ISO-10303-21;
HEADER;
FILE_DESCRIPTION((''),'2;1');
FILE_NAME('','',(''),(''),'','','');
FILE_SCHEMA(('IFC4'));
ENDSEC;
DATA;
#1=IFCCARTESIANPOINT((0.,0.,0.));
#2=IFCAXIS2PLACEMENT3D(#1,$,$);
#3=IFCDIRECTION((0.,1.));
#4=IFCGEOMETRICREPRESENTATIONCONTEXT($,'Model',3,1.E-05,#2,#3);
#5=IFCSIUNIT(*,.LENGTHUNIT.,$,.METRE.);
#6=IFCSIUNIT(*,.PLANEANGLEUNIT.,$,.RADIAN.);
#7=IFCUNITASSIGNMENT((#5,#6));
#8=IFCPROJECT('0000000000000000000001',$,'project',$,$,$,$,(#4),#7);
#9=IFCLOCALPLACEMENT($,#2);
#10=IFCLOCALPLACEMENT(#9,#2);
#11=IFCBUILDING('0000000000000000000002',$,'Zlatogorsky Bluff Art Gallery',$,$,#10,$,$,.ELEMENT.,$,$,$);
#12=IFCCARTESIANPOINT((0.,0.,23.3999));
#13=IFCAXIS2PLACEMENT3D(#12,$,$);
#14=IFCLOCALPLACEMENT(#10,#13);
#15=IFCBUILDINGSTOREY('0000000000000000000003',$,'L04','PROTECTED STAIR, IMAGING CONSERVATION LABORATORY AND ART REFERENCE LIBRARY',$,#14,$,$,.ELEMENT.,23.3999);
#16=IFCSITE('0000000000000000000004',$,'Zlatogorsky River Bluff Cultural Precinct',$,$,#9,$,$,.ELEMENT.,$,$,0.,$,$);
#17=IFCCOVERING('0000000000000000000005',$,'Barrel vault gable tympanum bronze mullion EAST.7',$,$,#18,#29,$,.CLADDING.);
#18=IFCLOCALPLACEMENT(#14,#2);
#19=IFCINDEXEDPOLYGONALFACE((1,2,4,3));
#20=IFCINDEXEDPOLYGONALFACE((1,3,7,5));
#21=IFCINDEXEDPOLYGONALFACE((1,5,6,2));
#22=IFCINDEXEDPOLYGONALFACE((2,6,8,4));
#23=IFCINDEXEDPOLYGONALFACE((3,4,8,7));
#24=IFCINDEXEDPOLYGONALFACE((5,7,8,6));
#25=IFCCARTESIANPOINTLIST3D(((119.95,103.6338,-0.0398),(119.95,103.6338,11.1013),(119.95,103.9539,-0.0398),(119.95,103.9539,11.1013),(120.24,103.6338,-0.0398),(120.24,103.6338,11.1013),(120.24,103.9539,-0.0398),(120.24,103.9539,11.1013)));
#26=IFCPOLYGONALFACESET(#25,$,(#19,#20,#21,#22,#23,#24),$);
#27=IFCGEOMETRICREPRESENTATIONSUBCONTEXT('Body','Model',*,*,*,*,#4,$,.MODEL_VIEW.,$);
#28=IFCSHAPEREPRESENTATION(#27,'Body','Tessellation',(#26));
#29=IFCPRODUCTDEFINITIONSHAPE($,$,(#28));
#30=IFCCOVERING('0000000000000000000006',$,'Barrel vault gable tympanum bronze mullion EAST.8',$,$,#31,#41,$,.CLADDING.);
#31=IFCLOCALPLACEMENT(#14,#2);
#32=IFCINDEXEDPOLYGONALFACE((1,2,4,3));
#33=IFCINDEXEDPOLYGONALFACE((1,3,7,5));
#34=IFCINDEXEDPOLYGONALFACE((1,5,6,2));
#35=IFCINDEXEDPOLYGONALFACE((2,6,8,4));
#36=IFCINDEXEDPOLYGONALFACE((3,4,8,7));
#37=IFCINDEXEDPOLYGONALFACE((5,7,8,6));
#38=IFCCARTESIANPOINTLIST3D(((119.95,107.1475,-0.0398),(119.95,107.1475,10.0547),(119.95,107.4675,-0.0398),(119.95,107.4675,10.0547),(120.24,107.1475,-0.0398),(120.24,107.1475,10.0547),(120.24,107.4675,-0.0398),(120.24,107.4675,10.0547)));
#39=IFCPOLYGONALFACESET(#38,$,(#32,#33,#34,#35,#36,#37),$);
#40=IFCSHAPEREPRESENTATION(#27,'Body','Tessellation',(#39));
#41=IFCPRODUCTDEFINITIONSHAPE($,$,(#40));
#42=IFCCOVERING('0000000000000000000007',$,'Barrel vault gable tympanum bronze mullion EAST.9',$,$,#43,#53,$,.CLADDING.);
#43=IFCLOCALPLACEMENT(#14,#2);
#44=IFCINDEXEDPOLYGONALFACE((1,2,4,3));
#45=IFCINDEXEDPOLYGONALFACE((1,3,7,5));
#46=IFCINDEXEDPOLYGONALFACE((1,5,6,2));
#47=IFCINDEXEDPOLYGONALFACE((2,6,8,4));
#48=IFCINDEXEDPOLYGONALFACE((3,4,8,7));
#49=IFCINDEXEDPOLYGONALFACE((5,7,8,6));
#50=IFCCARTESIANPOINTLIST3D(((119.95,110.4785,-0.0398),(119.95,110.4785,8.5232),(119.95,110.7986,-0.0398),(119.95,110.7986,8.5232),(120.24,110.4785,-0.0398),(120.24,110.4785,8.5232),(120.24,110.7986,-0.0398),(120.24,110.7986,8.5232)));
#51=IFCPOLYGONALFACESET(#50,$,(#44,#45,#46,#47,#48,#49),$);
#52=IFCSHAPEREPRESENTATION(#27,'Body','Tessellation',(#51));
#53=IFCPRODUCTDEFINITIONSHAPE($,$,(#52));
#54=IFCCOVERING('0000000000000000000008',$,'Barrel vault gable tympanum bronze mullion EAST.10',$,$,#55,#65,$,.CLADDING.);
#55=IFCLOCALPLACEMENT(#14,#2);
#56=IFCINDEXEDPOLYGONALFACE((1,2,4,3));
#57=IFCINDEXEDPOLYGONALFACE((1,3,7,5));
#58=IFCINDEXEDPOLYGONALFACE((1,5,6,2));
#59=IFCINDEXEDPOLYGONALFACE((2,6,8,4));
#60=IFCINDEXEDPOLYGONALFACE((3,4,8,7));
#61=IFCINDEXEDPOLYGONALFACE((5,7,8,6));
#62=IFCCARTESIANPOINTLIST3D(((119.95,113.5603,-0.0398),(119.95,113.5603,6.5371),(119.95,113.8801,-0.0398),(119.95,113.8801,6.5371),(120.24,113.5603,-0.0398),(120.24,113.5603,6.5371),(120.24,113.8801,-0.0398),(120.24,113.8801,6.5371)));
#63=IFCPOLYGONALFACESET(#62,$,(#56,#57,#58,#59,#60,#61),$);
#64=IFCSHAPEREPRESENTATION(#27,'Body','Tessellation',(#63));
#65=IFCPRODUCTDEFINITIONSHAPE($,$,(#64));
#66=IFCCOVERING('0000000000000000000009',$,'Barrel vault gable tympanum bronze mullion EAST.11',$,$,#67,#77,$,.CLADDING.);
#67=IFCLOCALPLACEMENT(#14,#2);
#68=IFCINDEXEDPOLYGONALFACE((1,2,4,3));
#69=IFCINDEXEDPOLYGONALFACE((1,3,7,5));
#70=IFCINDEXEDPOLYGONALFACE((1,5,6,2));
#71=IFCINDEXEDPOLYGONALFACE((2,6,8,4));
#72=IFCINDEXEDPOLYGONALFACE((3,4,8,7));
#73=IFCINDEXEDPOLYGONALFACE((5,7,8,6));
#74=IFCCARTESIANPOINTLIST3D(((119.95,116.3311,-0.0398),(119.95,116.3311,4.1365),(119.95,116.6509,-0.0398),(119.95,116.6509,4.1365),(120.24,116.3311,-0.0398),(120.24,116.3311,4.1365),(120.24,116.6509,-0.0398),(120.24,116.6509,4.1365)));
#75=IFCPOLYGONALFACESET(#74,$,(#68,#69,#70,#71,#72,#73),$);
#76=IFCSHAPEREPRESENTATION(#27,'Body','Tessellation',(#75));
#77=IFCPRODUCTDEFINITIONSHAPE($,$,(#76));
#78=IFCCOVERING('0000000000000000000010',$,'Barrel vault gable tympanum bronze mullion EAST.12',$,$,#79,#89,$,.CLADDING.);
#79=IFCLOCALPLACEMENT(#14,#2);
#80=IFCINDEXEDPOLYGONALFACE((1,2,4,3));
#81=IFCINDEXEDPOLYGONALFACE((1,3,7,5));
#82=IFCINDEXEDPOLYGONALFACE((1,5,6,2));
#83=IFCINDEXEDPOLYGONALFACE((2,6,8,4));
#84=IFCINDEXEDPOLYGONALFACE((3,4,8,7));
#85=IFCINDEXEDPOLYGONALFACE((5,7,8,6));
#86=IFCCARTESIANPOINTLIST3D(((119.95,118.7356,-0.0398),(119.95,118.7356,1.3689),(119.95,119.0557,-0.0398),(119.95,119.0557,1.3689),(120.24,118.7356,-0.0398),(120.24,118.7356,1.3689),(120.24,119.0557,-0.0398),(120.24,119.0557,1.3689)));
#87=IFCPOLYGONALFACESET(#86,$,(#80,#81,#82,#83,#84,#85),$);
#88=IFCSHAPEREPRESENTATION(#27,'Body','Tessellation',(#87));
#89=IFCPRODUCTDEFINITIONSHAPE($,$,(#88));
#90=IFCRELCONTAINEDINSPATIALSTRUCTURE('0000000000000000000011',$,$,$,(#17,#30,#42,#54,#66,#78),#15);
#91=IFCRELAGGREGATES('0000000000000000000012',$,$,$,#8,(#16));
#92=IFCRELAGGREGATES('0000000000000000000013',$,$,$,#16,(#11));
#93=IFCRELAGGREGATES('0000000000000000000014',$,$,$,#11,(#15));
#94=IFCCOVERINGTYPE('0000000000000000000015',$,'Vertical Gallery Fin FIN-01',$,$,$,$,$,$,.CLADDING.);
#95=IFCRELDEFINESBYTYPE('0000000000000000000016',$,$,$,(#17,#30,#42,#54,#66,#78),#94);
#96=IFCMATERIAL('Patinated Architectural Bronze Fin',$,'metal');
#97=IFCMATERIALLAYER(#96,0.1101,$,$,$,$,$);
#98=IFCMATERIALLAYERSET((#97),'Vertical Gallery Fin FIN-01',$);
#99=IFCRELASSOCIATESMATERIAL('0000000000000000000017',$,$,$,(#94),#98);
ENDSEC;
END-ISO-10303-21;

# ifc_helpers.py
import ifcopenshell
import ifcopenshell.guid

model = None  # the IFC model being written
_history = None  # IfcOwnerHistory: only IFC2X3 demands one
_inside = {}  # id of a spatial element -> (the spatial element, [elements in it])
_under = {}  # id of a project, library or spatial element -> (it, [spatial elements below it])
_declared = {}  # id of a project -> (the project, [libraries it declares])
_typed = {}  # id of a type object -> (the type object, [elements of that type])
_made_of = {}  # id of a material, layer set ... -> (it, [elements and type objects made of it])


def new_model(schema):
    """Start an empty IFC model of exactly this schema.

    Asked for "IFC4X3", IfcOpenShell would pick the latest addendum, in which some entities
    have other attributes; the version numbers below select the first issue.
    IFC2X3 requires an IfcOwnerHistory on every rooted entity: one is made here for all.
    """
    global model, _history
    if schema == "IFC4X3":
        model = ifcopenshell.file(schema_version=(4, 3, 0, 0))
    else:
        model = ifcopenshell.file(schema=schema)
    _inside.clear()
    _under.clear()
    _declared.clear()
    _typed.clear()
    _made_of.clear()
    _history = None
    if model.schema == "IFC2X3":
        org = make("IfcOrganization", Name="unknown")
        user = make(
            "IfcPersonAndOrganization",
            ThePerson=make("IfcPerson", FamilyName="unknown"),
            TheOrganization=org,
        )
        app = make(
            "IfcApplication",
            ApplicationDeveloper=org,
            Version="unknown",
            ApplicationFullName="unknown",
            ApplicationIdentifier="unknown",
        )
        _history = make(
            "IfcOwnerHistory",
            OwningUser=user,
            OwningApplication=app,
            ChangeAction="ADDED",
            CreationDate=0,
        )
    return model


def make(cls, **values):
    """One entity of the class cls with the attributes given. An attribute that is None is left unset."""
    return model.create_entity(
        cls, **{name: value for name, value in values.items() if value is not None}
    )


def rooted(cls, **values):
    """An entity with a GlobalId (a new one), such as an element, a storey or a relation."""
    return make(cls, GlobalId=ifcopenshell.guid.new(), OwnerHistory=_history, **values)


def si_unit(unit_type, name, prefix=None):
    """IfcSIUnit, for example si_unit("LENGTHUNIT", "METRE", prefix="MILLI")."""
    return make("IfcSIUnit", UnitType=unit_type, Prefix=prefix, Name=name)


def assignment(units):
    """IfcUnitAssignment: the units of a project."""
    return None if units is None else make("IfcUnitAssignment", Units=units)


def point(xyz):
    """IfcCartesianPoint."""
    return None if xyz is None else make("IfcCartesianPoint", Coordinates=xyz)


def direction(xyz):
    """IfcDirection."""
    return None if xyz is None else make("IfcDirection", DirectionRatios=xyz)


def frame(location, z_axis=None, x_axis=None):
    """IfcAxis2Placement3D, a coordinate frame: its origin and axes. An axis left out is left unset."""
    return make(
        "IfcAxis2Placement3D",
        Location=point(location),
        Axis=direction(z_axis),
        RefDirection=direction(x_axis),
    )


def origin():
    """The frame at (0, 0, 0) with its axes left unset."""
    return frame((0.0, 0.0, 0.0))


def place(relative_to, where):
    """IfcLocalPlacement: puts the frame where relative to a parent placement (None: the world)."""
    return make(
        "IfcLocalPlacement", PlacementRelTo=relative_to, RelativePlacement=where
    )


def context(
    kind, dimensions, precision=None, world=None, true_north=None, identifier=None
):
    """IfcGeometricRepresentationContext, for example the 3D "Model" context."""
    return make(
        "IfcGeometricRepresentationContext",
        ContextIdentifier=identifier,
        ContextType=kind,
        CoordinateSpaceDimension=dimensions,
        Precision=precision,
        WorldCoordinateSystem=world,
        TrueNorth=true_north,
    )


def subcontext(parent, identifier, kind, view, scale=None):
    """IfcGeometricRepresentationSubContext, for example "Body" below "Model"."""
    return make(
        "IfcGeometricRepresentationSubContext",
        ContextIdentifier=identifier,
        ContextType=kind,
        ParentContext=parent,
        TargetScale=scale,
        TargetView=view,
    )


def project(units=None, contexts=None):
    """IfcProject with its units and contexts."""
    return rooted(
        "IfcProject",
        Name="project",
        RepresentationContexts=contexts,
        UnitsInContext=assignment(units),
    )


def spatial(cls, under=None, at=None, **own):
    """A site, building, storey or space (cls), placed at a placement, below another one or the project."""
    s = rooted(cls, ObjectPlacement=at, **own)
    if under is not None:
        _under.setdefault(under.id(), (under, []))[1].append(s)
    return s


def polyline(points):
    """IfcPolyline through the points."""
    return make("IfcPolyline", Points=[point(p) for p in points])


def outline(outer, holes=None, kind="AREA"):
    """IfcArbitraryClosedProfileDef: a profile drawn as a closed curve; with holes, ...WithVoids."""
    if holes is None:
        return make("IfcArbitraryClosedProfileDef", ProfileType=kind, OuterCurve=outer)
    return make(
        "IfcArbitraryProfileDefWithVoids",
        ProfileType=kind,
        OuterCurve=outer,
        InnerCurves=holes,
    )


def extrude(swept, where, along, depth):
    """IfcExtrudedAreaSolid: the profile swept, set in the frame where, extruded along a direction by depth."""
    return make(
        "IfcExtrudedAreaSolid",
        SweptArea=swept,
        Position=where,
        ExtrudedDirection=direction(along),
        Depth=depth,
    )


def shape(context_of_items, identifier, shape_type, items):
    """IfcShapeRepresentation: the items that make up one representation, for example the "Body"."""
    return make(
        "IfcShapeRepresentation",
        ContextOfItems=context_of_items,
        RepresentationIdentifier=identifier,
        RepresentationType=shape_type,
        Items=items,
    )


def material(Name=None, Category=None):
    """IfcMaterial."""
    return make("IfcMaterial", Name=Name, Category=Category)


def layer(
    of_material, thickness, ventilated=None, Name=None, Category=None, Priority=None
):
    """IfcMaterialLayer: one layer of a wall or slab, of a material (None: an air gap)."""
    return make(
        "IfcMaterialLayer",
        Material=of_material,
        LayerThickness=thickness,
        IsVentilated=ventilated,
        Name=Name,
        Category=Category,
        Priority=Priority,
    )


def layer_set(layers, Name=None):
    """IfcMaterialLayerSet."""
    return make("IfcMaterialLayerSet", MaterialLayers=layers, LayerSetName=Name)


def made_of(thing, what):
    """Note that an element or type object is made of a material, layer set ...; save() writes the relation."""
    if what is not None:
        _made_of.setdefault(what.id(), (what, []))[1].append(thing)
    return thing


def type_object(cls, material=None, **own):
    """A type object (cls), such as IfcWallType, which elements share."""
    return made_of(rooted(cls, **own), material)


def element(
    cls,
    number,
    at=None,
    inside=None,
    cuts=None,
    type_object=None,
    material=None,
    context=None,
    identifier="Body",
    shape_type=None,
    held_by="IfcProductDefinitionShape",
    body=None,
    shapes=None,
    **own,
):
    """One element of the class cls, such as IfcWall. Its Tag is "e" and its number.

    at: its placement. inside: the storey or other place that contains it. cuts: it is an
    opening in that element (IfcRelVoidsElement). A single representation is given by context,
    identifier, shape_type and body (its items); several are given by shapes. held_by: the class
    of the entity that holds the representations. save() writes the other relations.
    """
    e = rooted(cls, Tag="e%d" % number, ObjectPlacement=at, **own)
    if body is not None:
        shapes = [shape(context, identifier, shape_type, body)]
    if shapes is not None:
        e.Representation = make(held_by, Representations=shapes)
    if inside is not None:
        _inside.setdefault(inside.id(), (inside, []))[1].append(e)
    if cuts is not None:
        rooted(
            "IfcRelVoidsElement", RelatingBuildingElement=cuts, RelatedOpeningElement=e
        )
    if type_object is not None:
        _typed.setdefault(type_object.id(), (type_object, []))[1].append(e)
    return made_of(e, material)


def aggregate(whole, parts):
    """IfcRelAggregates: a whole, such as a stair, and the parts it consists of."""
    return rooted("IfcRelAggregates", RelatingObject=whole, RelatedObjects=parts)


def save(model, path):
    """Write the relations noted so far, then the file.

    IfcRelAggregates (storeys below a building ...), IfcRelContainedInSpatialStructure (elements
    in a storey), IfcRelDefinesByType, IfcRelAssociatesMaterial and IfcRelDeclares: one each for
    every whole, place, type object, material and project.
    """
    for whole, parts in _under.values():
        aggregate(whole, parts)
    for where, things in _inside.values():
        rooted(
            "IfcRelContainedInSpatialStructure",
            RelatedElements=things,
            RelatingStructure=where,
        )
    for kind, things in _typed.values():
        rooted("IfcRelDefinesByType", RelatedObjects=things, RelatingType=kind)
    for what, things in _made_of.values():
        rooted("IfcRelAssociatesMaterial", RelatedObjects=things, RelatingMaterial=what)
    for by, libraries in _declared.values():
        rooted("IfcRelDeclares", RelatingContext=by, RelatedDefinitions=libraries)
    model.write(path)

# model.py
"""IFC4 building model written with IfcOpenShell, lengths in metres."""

from ifc_helpers import new_model, si_unit, direction, frame, origin, place, context, subcontext, project, spatial, polyline, outline, extrude, material, layer, layer_set, type_object, element, save


model = new_model("IFC4")

# Units and contexts
model_context = context("Model", 3, precision=1e-05, world=origin(), true_north=direction((0.0, 1.0)))
body_context = subcontext(model_context, "Body", "Model", "MODEL_VIEW")
ifc_project = project(units=[si_unit("LENGTHUNIT", "METRE"), si_unit("PLANEANGLEUNIT", "RADIAN")], contexts=[model_context])

# Site, building, storey
site_placement = place(None, origin())
site = spatial("IfcSite", under=ifc_project, at=site_placement, Name="Zlatogorsky River Bluff Cultural Precinct", CompositionType="ELEMENT", RefElevation=0.0)
building_placement = place(site_placement, origin())
building = spatial("IfcBuilding", under=site, at=building_placement, Name="Zlatogorsky Bluff Art Gallery", CompositionType="ELEMENT")
storey_placement = place(building_placement, frame((0.0, 0.0, 23.3999)))
storey = spatial("IfcBuildingStorey", under=building, at=storey_placement, Name="L04", Description="PROTECTED STAIR, IMAGING CONSERVATION LABORATORY AND ART REFERENCE LIBRARY", CompositionType="ELEMENT", Elevation=23.3999)

# Coverings
ifc_material_1 = material(Name="Patinated Architectural Bronze Fin", Category="metal")
ifc_layer_1 = layer(ifc_material_1, 0.1101)
ifc_layer_set_1 = layer_set([ifc_layer_1], Name="Vertical Gallery Fin FIN-01")
covering_type_1 = type_object("IfcCoveringType", Name="Vertical Gallery Fin FIN-01", PredefinedType="CLADDING", material=ifc_layer_set_1)
covering_1_placement = place(storey_placement, frame((0.0, 0.0, -0.0398)))
element("IfcCovering", 1, at=covering_1_placement, inside=storey, type_object=covering_type_1, Name="Barrel vault gable tympanum bronze mullion EAST.7", PredefinedType="CLADDING", context=body_context, shape_type="SweptSolid", body=[
    extrude(outline(polyline([(119.95, 103.6338), (120.24, 103.6338), (120.24, 103.9539), (119.95, 103.9539), (119.95, 103.6338)])), origin(), (0.0, 0.0, 1.0), 11.1411),
])
covering_2_placement = place(storey_placement, frame((0.0, 0.0, -0.0398)))
element("IfcCovering", 2, at=covering_2_placement, inside=storey, type_object=covering_type_1, Name="Barrel vault gable tympanum bronze mullion EAST.8", PredefinedType="CLADDING", context=body_context, shape_type="SweptSolid", body=[
    extrude(outline(polyline([(119.95, 107.1475), (120.24, 107.1475), (120.24, 107.4675), (119.95, 107.4675), (119.95, 107.1475)])), origin(), (0.0, 0.0, 1.0), 10.0945),
])
covering_3_placement = place(storey_placement, frame((0.0, 0.0, -0.0398)))
element("IfcCovering", 3, at=covering_3_placement, inside=storey, type_object=covering_type_1, Name="Barrel vault gable tympanum bronze mullion EAST.9", PredefinedType="CLADDING", context=body_context, shape_type="SweptSolid", body=[
    extrude(outline(polyline([(119.95, 110.4785), (120.24, 110.4785), (120.24, 110.7986), (119.95, 110.7986), (119.95, 110.4785)])), origin(), (0.0, 0.0, 1.0), 8.563),
])
covering_4_placement = place(storey_placement, frame((0.0, 0.0, -0.0398)))
element("IfcCovering", 4, at=covering_4_placement, inside=storey, type_object=covering_type_1, Name="Barrel vault gable tympanum bronze mullion EAST.10", PredefinedType="CLADDING", context=body_context, shape_type="SweptSolid", body=[
    extrude(outline(polyline([(119.95, 113.5603), (120.24, 113.5603), (120.24, 113.8801), (119.95, 113.8801), (119.95, 113.5603)])), origin(), (0.0, 0.0, 1.0), 6.5769),
])
covering_5_placement = place(storey_placement, frame((0.0, 0.0, -0.0398)))
element("IfcCovering", 5, at=covering_5_placement, inside=storey, type_object=covering_type_1, Name="Barrel vault gable tympanum bronze mullion EAST.11", PredefinedType="CLADDING", context=body_context, shape_type="SweptSolid", body=[
    extrude(outline(polyline([(119.95, 116.3311), (120.24, 116.3311), (120.24, 116.6509), (119.95, 116.6509), (119.95, 116.3311)])), origin(), (0.0, 0.0, 1.0), 4.1763),
])
covering_6_placement = place(storey_placement, frame((0.0, 0.0, -0.0398)))
element("IfcCovering", 6, at=covering_6_placement, inside=storey, type_object=covering_type_1, Name="Barrel vault gable tympanum bronze mullion EAST.12", PredefinedType="CLADDING", context=body_context, shape_type="SweptSolid", body=[
    extrude(outline(polyline([(119.95, 118.7356), (120.24, 118.7356), (120.24, 119.0557), (119.95, 119.0557), (119.95, 118.7356)])), origin(), (0.0, 0.0, 1.0), 1.4087),
])

save(model, "model.ifc")
